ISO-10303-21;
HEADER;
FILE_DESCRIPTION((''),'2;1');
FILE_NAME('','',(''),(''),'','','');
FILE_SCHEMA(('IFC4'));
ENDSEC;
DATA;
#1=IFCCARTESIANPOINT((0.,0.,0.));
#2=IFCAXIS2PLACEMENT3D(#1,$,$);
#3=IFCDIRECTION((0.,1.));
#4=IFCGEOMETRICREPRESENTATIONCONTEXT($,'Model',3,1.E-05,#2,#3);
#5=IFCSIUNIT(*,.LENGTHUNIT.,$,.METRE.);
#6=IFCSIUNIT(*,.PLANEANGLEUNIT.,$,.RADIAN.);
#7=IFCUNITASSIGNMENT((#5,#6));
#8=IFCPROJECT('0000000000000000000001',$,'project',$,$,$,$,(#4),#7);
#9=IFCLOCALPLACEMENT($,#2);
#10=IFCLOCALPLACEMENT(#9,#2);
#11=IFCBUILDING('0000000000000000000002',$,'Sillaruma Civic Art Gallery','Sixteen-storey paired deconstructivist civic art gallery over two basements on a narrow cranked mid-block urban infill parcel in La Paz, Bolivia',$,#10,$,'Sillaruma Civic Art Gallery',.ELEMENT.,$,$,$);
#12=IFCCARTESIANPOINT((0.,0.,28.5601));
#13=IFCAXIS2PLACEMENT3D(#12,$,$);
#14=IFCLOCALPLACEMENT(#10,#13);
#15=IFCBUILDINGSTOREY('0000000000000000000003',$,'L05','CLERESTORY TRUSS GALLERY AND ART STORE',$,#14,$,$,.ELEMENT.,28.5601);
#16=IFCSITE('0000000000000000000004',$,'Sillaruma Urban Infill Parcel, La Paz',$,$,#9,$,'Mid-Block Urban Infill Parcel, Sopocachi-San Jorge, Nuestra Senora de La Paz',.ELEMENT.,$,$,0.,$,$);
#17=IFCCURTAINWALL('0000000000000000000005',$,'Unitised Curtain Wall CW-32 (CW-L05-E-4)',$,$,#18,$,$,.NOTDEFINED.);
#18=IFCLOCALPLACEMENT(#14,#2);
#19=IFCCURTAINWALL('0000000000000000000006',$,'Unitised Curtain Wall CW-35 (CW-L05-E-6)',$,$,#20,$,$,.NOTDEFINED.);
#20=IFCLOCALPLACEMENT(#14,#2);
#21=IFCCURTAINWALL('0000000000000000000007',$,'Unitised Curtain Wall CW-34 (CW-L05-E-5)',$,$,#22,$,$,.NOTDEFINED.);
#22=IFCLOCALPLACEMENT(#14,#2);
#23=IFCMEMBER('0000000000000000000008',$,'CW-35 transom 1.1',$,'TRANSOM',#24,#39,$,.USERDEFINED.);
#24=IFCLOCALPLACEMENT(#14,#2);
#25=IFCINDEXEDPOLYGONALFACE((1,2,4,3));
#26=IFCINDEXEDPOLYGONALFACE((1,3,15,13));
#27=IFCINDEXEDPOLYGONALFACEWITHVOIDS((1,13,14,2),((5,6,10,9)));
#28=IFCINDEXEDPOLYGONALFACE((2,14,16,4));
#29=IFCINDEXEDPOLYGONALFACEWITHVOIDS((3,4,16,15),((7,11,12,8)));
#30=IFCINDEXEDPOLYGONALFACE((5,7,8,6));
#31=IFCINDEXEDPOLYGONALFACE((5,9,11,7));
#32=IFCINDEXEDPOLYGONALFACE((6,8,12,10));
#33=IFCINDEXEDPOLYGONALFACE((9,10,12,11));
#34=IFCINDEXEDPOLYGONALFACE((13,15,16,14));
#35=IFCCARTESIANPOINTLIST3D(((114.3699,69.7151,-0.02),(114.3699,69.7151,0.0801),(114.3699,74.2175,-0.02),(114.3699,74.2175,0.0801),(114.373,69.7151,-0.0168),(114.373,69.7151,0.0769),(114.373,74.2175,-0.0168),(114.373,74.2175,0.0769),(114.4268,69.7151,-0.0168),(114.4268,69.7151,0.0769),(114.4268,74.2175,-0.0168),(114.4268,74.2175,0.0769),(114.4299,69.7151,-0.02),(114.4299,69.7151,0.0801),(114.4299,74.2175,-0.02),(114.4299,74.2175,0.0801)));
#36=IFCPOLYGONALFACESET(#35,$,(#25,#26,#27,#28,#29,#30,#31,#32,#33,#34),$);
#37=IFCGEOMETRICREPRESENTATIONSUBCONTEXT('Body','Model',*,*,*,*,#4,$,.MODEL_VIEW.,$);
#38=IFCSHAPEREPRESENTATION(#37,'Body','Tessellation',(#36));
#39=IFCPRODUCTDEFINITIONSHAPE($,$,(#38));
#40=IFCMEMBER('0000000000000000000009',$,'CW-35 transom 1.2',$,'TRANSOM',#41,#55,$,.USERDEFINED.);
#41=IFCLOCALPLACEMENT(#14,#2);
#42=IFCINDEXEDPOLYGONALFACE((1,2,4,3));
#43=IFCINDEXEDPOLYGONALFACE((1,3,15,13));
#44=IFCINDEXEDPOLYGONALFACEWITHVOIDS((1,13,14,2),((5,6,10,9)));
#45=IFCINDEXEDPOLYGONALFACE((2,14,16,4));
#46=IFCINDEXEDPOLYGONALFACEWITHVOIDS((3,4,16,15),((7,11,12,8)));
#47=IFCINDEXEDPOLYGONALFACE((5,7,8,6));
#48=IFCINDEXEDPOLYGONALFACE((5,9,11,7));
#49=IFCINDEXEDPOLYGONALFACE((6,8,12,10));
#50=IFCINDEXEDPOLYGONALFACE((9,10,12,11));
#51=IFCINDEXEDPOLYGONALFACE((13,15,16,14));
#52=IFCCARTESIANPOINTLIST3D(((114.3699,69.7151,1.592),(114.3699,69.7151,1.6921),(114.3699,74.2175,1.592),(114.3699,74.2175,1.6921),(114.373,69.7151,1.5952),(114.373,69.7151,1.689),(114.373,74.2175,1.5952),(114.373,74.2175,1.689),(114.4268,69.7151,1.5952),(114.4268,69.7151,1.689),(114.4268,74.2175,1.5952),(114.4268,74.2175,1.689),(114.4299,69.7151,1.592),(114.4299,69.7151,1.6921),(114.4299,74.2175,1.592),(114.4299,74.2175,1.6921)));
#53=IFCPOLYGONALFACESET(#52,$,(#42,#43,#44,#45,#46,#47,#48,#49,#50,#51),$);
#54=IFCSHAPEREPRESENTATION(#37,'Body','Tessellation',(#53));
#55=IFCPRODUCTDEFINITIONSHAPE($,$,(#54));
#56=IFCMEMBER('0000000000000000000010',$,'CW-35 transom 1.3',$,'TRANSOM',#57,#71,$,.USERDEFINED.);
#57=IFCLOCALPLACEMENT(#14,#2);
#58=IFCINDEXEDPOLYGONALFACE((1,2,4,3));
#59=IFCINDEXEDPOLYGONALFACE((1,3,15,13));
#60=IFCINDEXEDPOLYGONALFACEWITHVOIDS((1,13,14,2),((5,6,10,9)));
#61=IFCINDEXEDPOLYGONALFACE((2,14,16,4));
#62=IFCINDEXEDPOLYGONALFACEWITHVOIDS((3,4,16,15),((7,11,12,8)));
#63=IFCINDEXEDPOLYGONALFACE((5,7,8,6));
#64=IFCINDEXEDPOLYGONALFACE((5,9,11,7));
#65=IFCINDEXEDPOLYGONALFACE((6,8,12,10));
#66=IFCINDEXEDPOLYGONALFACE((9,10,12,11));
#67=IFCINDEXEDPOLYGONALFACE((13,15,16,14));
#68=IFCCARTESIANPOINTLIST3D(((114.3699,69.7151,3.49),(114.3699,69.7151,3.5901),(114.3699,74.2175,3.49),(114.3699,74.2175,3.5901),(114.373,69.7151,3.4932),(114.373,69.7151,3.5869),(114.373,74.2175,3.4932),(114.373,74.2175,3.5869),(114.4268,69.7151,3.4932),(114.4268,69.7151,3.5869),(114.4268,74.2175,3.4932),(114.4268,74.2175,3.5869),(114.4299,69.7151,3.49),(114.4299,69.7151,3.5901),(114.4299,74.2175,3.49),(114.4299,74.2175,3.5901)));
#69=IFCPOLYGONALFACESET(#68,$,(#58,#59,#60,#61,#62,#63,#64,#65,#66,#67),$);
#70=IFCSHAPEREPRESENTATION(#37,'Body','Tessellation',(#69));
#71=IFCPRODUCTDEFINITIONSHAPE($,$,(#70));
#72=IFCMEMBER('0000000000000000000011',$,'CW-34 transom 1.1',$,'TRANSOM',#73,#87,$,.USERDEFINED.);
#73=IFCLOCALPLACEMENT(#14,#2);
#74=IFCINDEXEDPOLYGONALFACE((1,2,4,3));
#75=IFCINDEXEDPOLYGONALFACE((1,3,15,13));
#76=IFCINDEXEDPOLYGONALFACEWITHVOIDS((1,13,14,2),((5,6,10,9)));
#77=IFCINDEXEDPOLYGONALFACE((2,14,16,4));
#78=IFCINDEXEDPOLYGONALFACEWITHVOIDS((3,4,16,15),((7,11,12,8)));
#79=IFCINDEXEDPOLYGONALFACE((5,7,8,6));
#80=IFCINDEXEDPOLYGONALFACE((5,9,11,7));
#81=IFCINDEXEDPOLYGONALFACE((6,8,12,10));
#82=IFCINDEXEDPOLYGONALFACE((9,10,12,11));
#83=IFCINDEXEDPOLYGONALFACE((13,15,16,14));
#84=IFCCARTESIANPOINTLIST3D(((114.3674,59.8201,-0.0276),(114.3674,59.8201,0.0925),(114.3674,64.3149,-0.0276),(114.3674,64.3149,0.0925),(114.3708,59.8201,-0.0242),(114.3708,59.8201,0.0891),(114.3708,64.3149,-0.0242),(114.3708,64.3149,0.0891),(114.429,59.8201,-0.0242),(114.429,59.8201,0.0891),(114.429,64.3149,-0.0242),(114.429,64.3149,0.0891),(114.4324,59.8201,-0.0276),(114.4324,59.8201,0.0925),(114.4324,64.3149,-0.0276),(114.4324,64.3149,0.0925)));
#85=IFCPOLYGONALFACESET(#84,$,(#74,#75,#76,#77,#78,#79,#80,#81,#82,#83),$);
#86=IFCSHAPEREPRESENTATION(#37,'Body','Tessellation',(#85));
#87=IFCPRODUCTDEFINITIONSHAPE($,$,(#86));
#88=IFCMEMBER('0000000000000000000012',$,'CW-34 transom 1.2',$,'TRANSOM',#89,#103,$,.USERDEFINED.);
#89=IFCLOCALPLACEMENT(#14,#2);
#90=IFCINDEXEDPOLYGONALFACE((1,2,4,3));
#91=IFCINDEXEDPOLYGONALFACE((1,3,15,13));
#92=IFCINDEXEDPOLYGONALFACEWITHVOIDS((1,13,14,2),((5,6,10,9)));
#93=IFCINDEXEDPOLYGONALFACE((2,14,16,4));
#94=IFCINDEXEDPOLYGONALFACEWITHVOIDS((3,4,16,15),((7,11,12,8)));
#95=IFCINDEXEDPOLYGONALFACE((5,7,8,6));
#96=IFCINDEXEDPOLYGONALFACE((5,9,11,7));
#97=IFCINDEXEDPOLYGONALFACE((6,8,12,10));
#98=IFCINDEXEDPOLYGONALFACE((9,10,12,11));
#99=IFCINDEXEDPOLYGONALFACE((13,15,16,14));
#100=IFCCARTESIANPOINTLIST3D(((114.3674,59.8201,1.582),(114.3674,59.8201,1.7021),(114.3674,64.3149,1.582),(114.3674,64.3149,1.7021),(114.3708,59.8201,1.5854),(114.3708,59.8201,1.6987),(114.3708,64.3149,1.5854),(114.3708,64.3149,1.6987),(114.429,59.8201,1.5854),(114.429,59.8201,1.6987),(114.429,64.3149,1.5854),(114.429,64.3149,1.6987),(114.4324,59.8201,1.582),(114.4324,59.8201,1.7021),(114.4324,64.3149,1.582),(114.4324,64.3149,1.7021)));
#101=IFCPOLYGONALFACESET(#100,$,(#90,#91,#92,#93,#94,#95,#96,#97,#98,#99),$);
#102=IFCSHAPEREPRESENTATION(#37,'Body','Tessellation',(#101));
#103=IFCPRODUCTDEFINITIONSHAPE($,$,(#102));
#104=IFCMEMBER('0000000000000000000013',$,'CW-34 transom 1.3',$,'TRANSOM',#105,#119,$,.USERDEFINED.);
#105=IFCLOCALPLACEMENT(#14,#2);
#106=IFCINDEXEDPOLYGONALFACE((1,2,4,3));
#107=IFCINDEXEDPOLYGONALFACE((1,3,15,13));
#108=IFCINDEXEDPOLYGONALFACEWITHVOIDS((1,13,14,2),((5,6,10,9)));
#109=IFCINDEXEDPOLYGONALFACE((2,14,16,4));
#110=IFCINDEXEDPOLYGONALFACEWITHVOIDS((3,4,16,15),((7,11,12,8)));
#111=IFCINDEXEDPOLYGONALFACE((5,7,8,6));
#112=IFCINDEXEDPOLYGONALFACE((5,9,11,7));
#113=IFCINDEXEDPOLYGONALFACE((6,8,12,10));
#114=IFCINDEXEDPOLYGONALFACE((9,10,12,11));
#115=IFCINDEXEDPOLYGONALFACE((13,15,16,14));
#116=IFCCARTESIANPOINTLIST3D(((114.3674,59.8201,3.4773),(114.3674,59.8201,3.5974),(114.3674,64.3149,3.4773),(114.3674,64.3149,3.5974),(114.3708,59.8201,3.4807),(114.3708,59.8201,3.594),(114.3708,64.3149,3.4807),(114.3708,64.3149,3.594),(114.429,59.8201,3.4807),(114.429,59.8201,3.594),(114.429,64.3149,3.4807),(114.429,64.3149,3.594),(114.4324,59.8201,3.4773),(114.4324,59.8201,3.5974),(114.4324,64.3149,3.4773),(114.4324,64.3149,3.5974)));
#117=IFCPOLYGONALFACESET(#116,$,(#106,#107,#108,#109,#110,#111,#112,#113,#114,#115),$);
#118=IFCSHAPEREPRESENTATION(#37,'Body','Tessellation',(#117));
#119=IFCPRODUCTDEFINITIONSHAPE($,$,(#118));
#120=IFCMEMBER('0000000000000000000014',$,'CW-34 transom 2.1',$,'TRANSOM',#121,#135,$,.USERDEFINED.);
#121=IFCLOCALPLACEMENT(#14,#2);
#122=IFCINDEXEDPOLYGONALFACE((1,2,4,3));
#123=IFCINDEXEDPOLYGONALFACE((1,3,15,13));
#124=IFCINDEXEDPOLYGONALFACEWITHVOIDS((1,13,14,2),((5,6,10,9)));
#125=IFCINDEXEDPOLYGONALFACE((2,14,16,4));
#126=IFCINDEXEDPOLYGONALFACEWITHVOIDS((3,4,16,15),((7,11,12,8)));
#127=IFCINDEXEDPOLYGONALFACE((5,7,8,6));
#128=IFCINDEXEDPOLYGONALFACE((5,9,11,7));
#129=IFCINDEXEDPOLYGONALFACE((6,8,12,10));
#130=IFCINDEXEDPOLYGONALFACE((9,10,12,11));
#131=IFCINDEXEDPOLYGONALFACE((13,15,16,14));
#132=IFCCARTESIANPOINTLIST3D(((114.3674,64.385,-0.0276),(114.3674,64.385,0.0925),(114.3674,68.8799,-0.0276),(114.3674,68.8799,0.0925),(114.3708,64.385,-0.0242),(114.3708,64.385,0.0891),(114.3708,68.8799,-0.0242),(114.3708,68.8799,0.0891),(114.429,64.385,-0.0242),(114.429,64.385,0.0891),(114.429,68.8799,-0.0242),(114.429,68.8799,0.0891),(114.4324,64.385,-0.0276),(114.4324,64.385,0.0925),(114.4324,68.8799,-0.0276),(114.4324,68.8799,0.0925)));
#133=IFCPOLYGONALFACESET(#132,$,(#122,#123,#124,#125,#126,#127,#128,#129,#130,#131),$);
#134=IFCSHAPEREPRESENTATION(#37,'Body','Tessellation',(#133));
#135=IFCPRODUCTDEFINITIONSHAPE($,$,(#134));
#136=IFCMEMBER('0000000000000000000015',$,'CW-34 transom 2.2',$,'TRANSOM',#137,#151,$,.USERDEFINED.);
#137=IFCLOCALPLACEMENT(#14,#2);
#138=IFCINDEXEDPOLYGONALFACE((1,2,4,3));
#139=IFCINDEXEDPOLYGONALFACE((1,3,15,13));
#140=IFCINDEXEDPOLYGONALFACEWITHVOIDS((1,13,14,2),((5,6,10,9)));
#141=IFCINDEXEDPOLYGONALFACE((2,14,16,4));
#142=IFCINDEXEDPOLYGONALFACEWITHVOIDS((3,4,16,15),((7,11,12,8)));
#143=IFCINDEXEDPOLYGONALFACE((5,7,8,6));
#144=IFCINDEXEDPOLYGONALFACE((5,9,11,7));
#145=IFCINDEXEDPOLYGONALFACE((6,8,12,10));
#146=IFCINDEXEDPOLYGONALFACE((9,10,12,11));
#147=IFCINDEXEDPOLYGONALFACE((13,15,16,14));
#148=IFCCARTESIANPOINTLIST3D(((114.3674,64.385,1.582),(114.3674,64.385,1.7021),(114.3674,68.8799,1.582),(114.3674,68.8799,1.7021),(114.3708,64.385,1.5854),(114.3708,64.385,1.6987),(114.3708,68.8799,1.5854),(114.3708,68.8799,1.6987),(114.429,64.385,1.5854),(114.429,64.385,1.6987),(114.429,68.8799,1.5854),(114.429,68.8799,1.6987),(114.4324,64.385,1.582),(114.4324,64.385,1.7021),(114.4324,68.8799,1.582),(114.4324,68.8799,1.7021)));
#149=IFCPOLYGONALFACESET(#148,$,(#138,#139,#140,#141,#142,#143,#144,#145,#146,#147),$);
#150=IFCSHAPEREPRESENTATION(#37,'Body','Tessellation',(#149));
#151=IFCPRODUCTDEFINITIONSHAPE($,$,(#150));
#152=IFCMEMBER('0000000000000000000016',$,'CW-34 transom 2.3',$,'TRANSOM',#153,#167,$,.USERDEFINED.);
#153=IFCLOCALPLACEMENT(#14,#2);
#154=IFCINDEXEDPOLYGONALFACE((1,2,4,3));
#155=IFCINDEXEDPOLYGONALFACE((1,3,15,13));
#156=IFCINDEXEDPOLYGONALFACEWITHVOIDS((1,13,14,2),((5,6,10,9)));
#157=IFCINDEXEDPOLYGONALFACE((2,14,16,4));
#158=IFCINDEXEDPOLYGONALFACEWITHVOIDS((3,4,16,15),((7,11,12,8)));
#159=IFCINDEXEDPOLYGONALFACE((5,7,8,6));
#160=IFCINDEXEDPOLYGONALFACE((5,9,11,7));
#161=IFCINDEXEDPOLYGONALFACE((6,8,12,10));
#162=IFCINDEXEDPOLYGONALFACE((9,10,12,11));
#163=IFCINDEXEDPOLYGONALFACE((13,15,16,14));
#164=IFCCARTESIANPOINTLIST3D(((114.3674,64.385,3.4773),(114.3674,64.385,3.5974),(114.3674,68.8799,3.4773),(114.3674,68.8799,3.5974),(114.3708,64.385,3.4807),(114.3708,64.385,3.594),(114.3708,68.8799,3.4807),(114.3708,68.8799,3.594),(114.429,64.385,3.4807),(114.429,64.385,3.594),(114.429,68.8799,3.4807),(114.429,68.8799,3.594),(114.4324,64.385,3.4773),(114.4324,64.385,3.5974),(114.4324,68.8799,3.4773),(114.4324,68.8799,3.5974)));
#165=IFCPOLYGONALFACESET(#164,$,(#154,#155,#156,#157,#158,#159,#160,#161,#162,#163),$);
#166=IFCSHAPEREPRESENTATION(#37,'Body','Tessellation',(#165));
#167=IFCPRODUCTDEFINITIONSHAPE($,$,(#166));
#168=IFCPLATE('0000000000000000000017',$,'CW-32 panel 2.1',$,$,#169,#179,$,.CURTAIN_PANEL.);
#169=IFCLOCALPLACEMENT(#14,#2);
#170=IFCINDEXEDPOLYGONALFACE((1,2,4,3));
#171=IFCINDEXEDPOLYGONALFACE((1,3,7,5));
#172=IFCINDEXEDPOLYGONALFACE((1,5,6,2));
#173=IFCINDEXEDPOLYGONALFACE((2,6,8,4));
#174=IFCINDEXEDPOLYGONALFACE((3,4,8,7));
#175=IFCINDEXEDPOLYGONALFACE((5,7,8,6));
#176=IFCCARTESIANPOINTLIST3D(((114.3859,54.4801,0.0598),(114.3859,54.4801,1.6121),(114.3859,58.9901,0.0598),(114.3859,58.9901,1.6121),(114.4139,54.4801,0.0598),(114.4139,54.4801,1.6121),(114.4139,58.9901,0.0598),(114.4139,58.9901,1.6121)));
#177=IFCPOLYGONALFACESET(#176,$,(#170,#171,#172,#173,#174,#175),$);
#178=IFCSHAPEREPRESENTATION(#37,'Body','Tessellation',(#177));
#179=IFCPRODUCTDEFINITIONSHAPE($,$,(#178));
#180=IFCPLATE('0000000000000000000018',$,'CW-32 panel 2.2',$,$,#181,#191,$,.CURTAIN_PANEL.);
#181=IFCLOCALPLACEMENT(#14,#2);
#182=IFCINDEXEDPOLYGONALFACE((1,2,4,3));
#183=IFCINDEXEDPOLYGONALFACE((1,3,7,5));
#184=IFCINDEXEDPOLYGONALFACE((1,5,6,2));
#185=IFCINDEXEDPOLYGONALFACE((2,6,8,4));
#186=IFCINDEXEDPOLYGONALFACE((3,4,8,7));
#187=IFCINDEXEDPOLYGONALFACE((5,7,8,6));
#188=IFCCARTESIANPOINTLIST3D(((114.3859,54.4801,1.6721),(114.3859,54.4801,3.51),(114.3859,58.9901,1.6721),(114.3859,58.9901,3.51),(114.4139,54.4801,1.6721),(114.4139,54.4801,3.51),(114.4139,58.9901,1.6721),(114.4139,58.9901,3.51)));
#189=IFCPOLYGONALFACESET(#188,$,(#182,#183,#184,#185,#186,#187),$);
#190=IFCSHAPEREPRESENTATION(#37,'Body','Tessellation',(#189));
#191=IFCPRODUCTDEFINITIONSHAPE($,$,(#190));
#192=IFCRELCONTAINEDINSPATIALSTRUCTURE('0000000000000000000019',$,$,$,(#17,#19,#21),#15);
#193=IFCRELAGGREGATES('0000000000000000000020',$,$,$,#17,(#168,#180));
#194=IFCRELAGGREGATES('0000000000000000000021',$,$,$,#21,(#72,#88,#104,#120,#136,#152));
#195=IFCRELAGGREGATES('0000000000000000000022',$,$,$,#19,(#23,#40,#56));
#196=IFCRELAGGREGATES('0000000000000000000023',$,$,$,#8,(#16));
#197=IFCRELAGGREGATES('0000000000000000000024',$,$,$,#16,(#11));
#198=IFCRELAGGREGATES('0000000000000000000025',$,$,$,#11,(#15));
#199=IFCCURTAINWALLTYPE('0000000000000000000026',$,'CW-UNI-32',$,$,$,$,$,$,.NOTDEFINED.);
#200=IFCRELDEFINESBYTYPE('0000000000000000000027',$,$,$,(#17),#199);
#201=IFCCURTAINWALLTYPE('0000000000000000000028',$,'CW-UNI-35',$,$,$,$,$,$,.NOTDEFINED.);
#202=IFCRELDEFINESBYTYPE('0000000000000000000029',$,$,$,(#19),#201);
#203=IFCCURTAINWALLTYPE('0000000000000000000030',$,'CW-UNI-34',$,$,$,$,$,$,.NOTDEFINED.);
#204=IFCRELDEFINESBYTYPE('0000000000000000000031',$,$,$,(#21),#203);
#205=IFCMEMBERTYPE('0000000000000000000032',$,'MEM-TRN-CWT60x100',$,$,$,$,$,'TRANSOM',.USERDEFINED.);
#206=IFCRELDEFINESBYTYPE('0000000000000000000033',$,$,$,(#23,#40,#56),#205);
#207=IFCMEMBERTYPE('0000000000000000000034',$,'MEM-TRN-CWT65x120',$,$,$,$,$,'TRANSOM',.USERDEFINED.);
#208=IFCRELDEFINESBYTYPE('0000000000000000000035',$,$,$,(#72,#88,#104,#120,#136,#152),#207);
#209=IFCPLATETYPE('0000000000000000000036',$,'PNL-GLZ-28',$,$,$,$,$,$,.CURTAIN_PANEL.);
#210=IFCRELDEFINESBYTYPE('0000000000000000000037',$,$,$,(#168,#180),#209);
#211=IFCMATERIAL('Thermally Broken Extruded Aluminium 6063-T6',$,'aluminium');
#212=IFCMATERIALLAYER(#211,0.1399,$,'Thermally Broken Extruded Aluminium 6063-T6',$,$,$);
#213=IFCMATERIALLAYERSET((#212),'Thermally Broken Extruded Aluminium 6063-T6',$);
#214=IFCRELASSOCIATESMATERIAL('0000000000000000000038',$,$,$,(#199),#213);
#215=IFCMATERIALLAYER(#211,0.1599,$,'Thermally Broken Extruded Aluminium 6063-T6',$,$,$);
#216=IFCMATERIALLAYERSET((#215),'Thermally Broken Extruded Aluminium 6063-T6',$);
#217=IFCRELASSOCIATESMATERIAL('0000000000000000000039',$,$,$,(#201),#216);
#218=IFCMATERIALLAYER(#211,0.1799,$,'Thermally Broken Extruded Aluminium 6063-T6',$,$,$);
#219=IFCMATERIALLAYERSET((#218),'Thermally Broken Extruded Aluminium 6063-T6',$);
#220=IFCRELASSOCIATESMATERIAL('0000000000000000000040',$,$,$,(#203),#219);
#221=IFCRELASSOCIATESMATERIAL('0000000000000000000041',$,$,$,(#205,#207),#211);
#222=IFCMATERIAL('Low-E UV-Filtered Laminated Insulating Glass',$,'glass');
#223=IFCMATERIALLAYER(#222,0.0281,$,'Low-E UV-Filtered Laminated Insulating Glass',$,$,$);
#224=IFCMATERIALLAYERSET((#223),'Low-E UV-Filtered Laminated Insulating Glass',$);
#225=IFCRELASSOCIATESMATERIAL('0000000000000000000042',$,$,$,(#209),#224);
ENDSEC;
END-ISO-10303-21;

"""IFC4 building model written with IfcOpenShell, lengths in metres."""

from ifc_helpers import new_model, si_unit, direction, frame, origin, origin_2d, place, context, subcontext, project, spatial, rectangle, hollow_rectangle, extrude, material, layer, layer_set, material_profile, profile_set, type_object, element, aggregate, save


model = new_model("IFC4")

# Units and contexts
model_context = context("Model", 3, precision=1e-05, world=origin(), true_north=direction((0.0, 1.0)))
body_context = subcontext(model_context, "Body", "Model", "MODEL_VIEW")
ifc_project = project(units=[si_unit("LENGTHUNIT", "METRE"), si_unit("PLANEANGLEUNIT", "RADIAN")], contexts=[model_context])

# Site, building, storey
site_placement = place(None, origin())
site = spatial("IfcSite", under=ifc_project, at=site_placement, Name="Sillaruma Urban Infill Parcel, La Paz", LongName="Mid-Block Urban Infill Parcel, Sopocachi-San Jorge, Nuestra Senora de La Paz", CompositionType="ELEMENT", RefElevation=0.0)
building_placement = place(site_placement, origin())
building = spatial("IfcBuilding", under=site, at=building_placement, Name="Sillaruma Civic Art Gallery", Description="Sixteen-storey paired deconstructivist civic art gallery over two basements on a narrow cranked mid-block urban infill parcel in La Paz, Bolivia", LongName="Sillaruma Civic Art Gallery", CompositionType="ELEMENT")
storey_placement = place(building_placement, frame((0.0, 0.0, 28.5601)))
storey = spatial("IfcBuildingStorey", under=building, at=storey_placement, Name="L05", Description="CLERESTORY TRUSS GALLERY AND ART STORE", CompositionType="ELEMENT", Elevation=28.5601)

# Curtain walls
ifc_material_1 = material(Name="Thermally Broken Extruded Aluminium 6063-T6", Category="aluminium")
ifc_layer_1 = layer(ifc_material_1, 0.1399, Name="Thermally Broken Extruded Aluminium 6063-T6")
ifc_layer_set_1 = layer_set([ifc_layer_1], Name="Thermally Broken Extruded Aluminium 6063-T6")
curtain_wall_type_1 = type_object("IfcCurtainWallType", Name="CW-UNI-32", PredefinedType="NOTDEFINED", material=ifc_layer_set_1)
curtain_wall_1_placement = place(storey_placement, origin())
curtain_wall_1 = element("IfcCurtainWall", 1, at=curtain_wall_1_placement, inside=storey, type_object=curtain_wall_type_1, Name="Unitised Curtain Wall CW-32 (CW-L05-E-4)", PredefinedType="NOTDEFINED")
ifc_layer_2 = layer(ifc_material_1, 0.1599, Name="Thermally Broken Extruded Aluminium 6063-T6")
ifc_layer_set_2 = layer_set([ifc_layer_2], Name="Thermally Broken Extruded Aluminium 6063-T6")
curtain_wall_type_2 = type_object("IfcCurtainWallType", Name="CW-UNI-35", PredefinedType="NOTDEFINED", material=ifc_layer_set_2)
curtain_wall_2_placement = place(storey_placement, origin())
curtain_wall_2 = element("IfcCurtainWall", 2, at=curtain_wall_2_placement, inside=storey, type_object=curtain_wall_type_2, Name="Unitised Curtain Wall CW-35 (CW-L05-E-6)", PredefinedType="NOTDEFINED")
ifc_layer_3 = layer(ifc_material_1, 0.1799, Name="Thermally Broken Extruded Aluminium 6063-T6")
ifc_layer_set_3 = layer_set([ifc_layer_3], Name="Thermally Broken Extruded Aluminium 6063-T6")
curtain_wall_type_3 = type_object("IfcCurtainWallType", Name="CW-UNI-34", PredefinedType="NOTDEFINED", material=ifc_layer_set_3)
curtain_wall_3_placement = place(storey_placement, origin())
curtain_wall_3 = element("IfcCurtainWall", 3, at=curtain_wall_3_placement, inside=storey, type_object=curtain_wall_type_3, Name="Unitised Curtain Wall CW-34 (CW-L05-E-5)", PredefinedType="NOTDEFINED")

# Members
ifc_material_profile_1 = material_profile(ifc_material_1, hollow_rectangle(XDim=0.0601, YDim=0.1001, WallThickness=0.0032, at=origin_2d()), Name="CWT60x100")
ifc_profile_set_1 = profile_set([ifc_material_profile_1], Name="Thermally Broken Extruded Aluminium 6063-T6")
member_type_1 = type_object("IfcMemberType", Name="MEM-TRN-CWT60x100", ElementType="TRANSOM", PredefinedType="USERDEFINED", material=ifc_profile_set_1)
member_1_placement = place(storey_placement, frame((114.3999, 69.7151, 0.03), z_axis=(0.0, 1.0, 0.0), x_axis=(-1.0, 0.0, 0.0)))
member_1 = element("IfcMember", 4, at=member_1_placement, type_object=member_type_1, Name="CW-35 transom 1.1", ObjectType="TRANSOM", PredefinedType="USERDEFINED", context=body_context, shape_type="SweptSolid", body=[
    extrude(hollow_rectangle(XDim=0.0601, YDim=0.1001, WallThickness=0.0032, at=origin_2d()), origin(), (0.0, 0.0, 1.0), 4.5024),
])
member_2_placement = place(storey_placement, frame((114.3999, 69.7151, 1.6421), z_axis=(0.0, 1.0, 0.0), x_axis=(-1.0, 0.0, 0.0)))
member_2 = element("IfcMember", 5, at=member_2_placement, type_object=member_type_1, Name="CW-35 transom 1.2", ObjectType="TRANSOM", PredefinedType="USERDEFINED", context=body_context, shape_type="SweptSolid", body=[
    extrude(hollow_rectangle(XDim=0.0601, YDim=0.1001, WallThickness=0.0032, at=origin_2d()), origin(), (0.0, 0.0, 1.0), 4.5024),
])
member_3_placement = place(storey_placement, frame((114.3999, 69.7151, 3.54), z_axis=(0.0, 1.0, 0.0), x_axis=(-1.0, 0.0, 0.0)))
member_3 = element("IfcMember", 6, at=member_3_placement, type_object=member_type_1, Name="CW-35 transom 1.3", ObjectType="TRANSOM", PredefinedType="USERDEFINED", context=body_context, shape_type="SweptSolid", body=[
    extrude(hollow_rectangle(XDim=0.0601, YDim=0.1001, WallThickness=0.0032, at=origin_2d()), origin(), (0.0, 0.0, 1.0), 4.5024),
])
ifc_material_profile_2 = material_profile(ifc_material_1, hollow_rectangle(XDim=0.0649, YDim=0.1201, WallThickness=0.0034, at=origin_2d()), Name="CWT65x120")
ifc_profile_set_2 = profile_set([ifc_material_profile_2], Name="Thermally Broken Extruded Aluminium 6063-T6")
member_type_2 = type_object("IfcMemberType", Name="MEM-TRN-CWT65x120", ElementType="TRANSOM", PredefinedType="USERDEFINED", material=ifc_profile_set_2)
member_4_placement = place(storey_placement, frame((114.3999, 59.8201, 0.0325), z_axis=(0.0, 1.0, 0.0), x_axis=(-1.0, 0.0, 0.0)))
member_4 = element("IfcMember", 7, at=member_4_placement, type_object=member_type_2, Name="CW-34 transom 1.1", ObjectType="TRANSOM", PredefinedType="USERDEFINED", context=body_context, shape_type="SweptSolid", body=[
    extrude(hollow_rectangle(XDim=0.0649, YDim=0.1201, WallThickness=0.0034, at=origin_2d()), origin(), (0.0, 0.0, 1.0), 4.4949),
])
member_5_placement = place(storey_placement, frame((114.3999, 59.8201, 1.6421), z_axis=(0.0, 1.0, 0.0), x_axis=(-1.0, 0.0, 0.0)))
member_5 = element("IfcMember", 8, at=member_5_placement, type_object=member_type_2, Name="CW-34 transom 1.2", ObjectType="TRANSOM", PredefinedType="USERDEFINED", context=body_context, shape_type="SweptSolid", body=[
    extrude(hollow_rectangle(XDim=0.0649, YDim=0.1201, WallThickness=0.0034, at=origin_2d()), origin(), (0.0, 0.0, 1.0), 4.4949),
])
member_6_placement = place(storey_placement, frame((114.3999, 59.8201, 3.5374), z_axis=(0.0, 1.0, 0.0), x_axis=(-1.0, 0.0, 0.0)))
member_6 = element("IfcMember", 9, at=member_6_placement, type_object=member_type_2, Name="CW-34 transom 1.3", ObjectType="TRANSOM", PredefinedType="USERDEFINED", context=body_context, shape_type="SweptSolid", body=[
    extrude(hollow_rectangle(XDim=0.0649, YDim=0.1201, WallThickness=0.0034, at=origin_2d()), origin(), (0.0, 0.0, 1.0), 4.4949),
])
member_7_placement = place(storey_placement, frame((114.3999, 64.385, 0.0325), z_axis=(0.0, 1.0, 0.0), x_axis=(-1.0, 0.0, 0.0)))
member_7 = element("IfcMember", 10, at=member_7_placement, type_object=member_type_2, Name="CW-34 transom 2.1", ObjectType="TRANSOM", PredefinedType="USERDEFINED", context=body_context, shape_type="SweptSolid", body=[
    extrude(hollow_rectangle(XDim=0.0649, YDim=0.1201, WallThickness=0.0034, at=origin_2d()), origin(), (0.0, 0.0, 1.0), 4.4949),
])
member_8_placement = place(storey_placement, frame((114.3999, 64.385, 1.6421), z_axis=(0.0, 1.0, 0.0), x_axis=(-1.0, 0.0, 0.0)))
member_8 = element("IfcMember", 11, at=member_8_placement, type_object=member_type_2, Name="CW-34 transom 2.2", ObjectType="TRANSOM", PredefinedType="USERDEFINED", context=body_context, shape_type="SweptSolid", body=[
    extrude(hollow_rectangle(XDim=0.0649, YDim=0.1201, WallThickness=0.0034, at=origin_2d()), origin(), (0.0, 0.0, 1.0), 4.4949),
])
member_9_placement = place(storey_placement, frame((114.3999, 64.385, 3.5374), z_axis=(0.0, 1.0, 0.0), x_axis=(-1.0, 0.0, 0.0)))
member_9 = element("IfcMember", 12, at=member_9_placement, type_object=member_type_2, Name="CW-34 transom 2.3", ObjectType="TRANSOM", PredefinedType="USERDEFINED", context=body_context, shape_type="SweptSolid", body=[
    extrude(hollow_rectangle(XDim=0.0649, YDim=0.1201, WallThickness=0.0034, at=origin_2d()), origin(), (0.0, 0.0, 1.0), 4.4949),
])

# Plates
ifc_material_2 = material(Name="Low-E UV-Filtered Laminated Insulating Glass", Category="glass")
ifc_layer_4 = layer(ifc_material_2, 0.0281, Name="Low-E UV-Filtered Laminated Insulating Glass")
ifc_layer_set_4 = layer_set([ifc_layer_4], Name="Low-E UV-Filtered Laminated Insulating Glass")
plate_type_1 = type_object("IfcPlateType", Name="PNL-GLZ-28", PredefinedType="CURTAIN_PANEL", material=ifc_layer_set_4)
plate_1_placement = place(storey_placement, frame((114.3999, 56.7351, 0.0598), z_axis=(0.0, 0.0, 1.0), x_axis=(0.0, 1.0, 0.0)))
plate_1 = element("IfcPlate", 13, at=plate_1_placement, type_object=plate_type_1, Name="CW-32 panel 2.1", PredefinedType="CURTAIN_PANEL", context=body_context, shape_type="SweptSolid", body=[
    extrude(rectangle(XDim=4.51, YDim=0.0281, at=origin_2d()), origin(), (0.0, 0.0, 1.0), 1.5522),
])
plate_2_placement = place(storey_placement, frame((114.3999, 56.7351, 1.6721), z_axis=(0.0, 0.0, 1.0), x_axis=(0.0, 1.0, 0.0)))
plate_2 = element("IfcPlate", 14, at=plate_2_placement, type_object=plate_type_1, Name="CW-32 panel 2.2", PredefinedType="CURTAIN_PANEL", context=body_context, shape_type="SweptSolid", body=[
    extrude(rectangle(XDim=4.51, YDim=0.0281, at=origin_2d()), origin(), (0.0, 0.0, 1.0), 1.8379),
])
aggregate(curtain_wall_1, [plate_1, plate_2])
aggregate(curtain_wall_3, [member_4, member_5, member_6, member_7, member_8, member_9])
aggregate(curtain_wall_2, [member_1, member_2, member_3])

save(model, "model.ifc")
